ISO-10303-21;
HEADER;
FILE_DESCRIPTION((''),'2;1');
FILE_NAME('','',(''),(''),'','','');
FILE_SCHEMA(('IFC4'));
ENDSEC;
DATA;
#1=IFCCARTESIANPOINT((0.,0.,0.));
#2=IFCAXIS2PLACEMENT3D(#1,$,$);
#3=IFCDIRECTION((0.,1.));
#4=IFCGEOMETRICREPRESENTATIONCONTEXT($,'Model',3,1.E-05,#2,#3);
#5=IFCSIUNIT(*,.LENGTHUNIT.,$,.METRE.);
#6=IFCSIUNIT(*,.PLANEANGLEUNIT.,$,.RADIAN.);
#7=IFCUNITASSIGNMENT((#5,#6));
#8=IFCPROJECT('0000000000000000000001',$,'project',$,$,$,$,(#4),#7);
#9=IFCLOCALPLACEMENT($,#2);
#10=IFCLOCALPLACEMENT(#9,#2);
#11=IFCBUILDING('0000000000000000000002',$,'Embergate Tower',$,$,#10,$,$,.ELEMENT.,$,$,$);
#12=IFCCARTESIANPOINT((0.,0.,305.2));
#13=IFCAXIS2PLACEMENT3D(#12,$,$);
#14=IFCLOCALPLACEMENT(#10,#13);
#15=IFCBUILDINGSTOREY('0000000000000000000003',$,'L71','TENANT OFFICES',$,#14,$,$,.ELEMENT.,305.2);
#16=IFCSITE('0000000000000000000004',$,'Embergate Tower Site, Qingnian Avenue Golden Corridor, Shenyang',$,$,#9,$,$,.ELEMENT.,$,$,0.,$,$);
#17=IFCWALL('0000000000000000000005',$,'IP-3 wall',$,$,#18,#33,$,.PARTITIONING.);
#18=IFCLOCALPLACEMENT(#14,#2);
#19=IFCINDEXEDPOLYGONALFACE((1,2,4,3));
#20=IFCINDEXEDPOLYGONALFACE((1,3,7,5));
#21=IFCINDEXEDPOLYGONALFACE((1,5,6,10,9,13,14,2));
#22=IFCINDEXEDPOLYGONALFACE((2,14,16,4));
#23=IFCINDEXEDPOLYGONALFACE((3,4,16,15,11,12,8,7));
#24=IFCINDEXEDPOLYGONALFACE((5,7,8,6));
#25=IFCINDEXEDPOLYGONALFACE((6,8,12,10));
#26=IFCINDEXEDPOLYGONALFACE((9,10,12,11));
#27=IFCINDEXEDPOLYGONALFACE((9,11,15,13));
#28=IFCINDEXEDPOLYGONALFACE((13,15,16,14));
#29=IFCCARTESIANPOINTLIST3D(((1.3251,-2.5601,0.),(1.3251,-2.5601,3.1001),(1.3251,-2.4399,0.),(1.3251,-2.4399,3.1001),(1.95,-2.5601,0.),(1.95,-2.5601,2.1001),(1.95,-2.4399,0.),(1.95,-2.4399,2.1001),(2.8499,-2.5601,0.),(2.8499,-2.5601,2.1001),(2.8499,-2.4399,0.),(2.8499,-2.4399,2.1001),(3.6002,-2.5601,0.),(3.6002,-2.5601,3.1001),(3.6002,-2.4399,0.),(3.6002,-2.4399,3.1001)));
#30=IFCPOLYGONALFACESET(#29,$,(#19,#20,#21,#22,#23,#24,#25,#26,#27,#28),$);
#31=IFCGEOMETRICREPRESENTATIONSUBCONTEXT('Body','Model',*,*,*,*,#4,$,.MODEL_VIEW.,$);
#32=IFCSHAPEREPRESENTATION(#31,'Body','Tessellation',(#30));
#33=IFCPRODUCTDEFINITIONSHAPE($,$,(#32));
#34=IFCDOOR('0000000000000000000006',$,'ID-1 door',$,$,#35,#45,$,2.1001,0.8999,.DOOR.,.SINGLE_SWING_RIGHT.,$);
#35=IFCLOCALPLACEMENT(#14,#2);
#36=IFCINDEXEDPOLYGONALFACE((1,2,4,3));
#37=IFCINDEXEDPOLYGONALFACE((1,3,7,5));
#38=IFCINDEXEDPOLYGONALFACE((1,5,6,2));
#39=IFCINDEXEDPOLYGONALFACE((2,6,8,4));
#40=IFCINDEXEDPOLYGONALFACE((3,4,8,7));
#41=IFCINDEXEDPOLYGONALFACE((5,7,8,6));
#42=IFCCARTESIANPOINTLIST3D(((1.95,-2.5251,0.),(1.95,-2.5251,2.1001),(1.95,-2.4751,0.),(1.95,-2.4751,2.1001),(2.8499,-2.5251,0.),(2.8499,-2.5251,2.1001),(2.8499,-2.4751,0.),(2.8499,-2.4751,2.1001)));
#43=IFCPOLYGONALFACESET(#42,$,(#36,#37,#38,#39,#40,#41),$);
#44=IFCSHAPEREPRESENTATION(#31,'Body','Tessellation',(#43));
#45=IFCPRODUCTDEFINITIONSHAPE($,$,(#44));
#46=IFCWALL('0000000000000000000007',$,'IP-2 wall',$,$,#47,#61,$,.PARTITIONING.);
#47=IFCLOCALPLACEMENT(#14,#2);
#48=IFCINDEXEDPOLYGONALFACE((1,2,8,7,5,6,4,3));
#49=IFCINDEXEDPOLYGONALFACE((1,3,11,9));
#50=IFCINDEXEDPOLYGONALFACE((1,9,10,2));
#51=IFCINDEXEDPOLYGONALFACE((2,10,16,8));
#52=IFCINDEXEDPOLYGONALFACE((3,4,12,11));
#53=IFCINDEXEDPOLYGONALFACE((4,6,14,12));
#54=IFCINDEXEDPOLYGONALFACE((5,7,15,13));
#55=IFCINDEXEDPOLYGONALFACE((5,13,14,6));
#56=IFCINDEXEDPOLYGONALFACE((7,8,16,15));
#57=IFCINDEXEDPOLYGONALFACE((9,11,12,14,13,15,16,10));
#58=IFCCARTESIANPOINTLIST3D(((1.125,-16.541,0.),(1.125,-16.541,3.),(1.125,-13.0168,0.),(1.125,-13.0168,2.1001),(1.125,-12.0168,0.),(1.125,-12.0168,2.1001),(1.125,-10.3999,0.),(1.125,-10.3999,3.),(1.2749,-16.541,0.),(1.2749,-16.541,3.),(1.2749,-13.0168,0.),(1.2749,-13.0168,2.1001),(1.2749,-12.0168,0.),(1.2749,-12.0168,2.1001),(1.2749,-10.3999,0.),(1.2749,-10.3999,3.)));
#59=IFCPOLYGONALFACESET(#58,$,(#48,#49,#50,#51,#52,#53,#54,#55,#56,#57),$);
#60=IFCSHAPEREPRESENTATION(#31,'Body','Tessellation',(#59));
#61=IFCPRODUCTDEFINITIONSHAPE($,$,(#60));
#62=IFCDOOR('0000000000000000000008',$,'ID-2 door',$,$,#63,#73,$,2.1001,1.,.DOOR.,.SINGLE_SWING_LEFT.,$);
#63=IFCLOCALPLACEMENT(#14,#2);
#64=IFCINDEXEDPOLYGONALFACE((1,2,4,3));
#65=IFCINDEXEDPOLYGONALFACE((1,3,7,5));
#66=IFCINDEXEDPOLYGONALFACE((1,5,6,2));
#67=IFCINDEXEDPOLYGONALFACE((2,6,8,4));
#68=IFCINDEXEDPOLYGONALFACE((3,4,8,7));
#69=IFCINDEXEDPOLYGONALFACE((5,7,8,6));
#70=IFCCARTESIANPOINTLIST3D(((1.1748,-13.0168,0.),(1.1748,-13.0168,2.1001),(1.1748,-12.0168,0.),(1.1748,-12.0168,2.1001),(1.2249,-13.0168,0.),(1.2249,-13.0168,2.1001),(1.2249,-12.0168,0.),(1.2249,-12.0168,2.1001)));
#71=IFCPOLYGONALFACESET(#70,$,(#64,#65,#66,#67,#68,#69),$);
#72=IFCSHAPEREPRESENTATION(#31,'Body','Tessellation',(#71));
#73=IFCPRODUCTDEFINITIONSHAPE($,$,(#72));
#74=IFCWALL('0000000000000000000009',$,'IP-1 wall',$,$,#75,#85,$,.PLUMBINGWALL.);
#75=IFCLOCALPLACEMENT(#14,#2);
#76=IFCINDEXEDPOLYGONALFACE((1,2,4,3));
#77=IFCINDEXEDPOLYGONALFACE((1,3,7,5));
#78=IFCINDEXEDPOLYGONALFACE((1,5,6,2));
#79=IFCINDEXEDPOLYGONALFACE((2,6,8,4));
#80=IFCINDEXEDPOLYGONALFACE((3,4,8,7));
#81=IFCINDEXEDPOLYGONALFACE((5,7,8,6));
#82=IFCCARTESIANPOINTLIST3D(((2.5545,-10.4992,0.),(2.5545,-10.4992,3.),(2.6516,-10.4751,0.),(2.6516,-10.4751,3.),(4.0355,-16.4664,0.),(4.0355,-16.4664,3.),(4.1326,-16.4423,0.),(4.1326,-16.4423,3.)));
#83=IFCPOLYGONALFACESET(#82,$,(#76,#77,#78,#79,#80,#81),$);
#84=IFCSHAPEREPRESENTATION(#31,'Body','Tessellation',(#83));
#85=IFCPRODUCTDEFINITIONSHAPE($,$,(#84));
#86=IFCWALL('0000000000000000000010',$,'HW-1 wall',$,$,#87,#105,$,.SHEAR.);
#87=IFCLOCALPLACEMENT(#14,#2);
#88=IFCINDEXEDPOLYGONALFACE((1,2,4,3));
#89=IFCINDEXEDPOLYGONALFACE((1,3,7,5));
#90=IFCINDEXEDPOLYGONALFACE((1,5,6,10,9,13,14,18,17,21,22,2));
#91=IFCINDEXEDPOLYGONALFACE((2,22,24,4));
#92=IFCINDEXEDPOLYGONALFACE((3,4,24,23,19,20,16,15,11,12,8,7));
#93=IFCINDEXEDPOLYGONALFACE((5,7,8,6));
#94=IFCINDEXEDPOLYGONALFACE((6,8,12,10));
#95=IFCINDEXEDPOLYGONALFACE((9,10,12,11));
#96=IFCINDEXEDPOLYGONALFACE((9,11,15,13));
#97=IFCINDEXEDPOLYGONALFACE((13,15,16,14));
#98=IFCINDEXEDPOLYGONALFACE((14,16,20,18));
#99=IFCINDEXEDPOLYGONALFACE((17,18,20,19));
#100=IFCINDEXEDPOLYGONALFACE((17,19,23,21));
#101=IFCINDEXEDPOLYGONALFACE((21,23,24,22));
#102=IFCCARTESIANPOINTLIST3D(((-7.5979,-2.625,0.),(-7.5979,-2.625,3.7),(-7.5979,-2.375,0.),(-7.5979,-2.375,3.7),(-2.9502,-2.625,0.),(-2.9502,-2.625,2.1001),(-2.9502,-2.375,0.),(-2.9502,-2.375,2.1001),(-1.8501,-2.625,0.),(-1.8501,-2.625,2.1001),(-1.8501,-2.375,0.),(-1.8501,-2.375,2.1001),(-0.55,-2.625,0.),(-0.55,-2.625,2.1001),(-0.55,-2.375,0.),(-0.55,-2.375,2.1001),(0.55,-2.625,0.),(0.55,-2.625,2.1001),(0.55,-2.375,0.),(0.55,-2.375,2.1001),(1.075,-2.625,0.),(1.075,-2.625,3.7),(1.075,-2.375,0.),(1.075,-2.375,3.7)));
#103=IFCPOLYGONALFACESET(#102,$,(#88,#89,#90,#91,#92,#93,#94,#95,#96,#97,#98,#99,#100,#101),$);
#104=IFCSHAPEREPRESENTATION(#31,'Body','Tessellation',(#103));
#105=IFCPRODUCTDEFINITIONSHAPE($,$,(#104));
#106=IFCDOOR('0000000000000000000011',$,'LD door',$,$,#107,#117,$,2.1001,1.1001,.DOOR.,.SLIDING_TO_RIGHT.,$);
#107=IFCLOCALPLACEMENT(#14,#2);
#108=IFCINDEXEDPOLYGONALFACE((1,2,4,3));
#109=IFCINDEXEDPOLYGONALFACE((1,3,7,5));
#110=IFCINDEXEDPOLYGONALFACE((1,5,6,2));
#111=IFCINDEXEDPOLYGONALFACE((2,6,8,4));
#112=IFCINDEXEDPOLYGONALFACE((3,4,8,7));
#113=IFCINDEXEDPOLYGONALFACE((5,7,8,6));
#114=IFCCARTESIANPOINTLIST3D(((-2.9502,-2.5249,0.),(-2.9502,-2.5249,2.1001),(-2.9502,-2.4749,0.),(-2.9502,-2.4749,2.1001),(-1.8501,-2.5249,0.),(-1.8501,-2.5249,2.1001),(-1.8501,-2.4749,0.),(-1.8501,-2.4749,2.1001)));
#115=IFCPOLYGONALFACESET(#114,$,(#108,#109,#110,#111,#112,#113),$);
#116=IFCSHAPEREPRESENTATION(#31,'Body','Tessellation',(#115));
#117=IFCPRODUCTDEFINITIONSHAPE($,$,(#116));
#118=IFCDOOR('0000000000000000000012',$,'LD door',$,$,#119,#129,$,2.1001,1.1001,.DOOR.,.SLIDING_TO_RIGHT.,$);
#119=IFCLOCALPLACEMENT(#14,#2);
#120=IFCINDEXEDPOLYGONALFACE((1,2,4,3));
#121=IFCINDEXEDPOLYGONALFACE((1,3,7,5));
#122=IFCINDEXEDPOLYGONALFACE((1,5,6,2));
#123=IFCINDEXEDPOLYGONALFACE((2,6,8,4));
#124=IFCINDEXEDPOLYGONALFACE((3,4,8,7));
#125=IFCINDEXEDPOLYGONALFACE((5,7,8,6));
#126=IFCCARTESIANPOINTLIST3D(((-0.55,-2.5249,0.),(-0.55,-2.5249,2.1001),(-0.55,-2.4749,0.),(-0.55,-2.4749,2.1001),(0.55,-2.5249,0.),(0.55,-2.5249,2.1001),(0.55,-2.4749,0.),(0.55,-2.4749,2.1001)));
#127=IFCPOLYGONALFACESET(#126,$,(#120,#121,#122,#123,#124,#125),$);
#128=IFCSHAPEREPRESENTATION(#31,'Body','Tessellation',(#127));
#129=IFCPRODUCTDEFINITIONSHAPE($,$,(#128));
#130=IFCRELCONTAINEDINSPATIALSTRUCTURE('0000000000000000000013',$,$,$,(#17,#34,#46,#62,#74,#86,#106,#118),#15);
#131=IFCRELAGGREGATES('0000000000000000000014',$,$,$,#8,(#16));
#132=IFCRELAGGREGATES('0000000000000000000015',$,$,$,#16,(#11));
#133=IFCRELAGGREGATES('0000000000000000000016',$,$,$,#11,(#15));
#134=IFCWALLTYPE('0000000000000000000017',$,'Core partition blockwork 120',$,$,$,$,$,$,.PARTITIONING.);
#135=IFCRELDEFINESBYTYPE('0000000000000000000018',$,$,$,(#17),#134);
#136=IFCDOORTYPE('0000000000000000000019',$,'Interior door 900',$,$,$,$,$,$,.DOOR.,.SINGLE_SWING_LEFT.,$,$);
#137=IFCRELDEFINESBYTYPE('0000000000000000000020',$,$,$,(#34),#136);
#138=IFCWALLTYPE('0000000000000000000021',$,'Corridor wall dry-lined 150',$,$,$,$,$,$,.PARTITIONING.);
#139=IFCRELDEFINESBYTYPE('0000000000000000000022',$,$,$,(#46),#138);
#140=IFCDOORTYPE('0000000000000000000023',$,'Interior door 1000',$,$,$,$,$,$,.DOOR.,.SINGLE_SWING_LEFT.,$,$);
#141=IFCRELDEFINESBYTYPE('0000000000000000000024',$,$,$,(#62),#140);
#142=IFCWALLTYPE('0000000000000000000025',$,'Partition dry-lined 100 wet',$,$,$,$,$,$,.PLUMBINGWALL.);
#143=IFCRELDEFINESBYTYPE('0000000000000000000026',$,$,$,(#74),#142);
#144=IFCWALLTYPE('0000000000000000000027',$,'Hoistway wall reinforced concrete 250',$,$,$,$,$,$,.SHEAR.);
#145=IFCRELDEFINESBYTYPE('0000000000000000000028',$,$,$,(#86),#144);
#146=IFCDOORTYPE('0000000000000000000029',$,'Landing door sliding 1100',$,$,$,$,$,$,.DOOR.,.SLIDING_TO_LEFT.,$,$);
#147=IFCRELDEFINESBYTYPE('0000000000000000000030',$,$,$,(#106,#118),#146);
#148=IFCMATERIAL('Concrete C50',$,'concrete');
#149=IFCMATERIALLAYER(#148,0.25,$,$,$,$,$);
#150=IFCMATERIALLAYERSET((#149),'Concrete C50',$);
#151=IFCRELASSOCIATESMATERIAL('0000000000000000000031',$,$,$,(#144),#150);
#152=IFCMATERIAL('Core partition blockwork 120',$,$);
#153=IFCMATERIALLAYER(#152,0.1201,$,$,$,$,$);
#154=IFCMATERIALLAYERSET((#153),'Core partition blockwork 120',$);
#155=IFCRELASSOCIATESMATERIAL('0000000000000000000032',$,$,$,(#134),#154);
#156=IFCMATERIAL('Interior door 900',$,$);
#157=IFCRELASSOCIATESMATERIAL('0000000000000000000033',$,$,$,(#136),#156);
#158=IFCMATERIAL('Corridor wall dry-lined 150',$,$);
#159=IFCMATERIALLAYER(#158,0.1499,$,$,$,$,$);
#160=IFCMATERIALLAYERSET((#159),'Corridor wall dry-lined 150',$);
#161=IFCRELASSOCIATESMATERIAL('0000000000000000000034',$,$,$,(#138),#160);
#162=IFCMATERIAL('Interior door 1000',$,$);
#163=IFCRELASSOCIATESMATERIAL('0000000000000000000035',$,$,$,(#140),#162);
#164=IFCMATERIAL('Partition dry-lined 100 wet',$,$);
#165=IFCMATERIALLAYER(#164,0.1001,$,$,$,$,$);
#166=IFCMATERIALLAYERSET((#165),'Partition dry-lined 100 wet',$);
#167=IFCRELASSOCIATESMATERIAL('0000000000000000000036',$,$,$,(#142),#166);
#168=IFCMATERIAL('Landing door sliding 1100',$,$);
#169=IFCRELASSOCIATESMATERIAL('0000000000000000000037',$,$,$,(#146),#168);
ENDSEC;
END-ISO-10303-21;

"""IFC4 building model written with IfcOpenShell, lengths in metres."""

from ifc_helpers import new_model, si_unit, direction, frame, frame_2d, origin, place, context, subcontext, project, spatial, rectangle, extrude, source, transform, mapped, material, layer, layer_set, type_object, element, fill, save


model = new_model("IFC4")

# Units and contexts
model_context = context("Model", 3, precision=1e-05, world=origin(), true_north=direction((0.0, 1.0)))
body_context = subcontext(model_context, "Body", "Model", "MODEL_VIEW")
ifc_project = project(units=[si_unit("LENGTHUNIT", "METRE"), si_unit("PLANEANGLEUNIT", "RADIAN")], contexts=[model_context])

# Site, building, storey
site_placement = place(None, origin())
site = spatial("IfcSite", under=ifc_project, at=site_placement, Name="Embergate Tower Site, Qingnian Avenue Golden Corridor, Shenyang", CompositionType="ELEMENT", RefElevation=0.0)
building_placement = place(site_placement, origin())
building = spatial("IfcBuilding", under=site, at=building_placement, Name="Embergate Tower", CompositionType="ELEMENT")
storey_placement = place(building_placement, frame((0.0, 0.0, 305.2)))
storey = spatial("IfcBuildingStorey", under=building, at=storey_placement, Name="L71", Description="TENANT OFFICES", CompositionType="ELEMENT", Elevation=305.2)

# Shared definitions
ifc_material_1 = material(Name="Concrete C50", Category="concrete")
ifc_layer_1 = layer(ifc_material_1, 0.25)
ifc_layer_set_1 = layer_set([ifc_layer_1], Name="Concrete C50")
wall_type_1 = type_object("IfcWallType", Name="Hoistway wall reinforced concrete 250", PredefinedType="SHEAR", material=ifc_layer_set_1)

# Shared definitions
ifc_material_2 = material(Name="Core partition blockwork 120")
ifc_layer_2 = layer(ifc_material_2, 0.1201)
ifc_layer_set_2 = layer_set([ifc_layer_2], Name="Core partition blockwork 120")
wall_type_2 = type_object("IfcWallType", Name="Core partition blockwork 120", PredefinedType="PARTITIONING", material=ifc_layer_set_2)

# Walls, openings, doors
shared_shape_1 = source(origin(), body_context, "Body", "SweptSolid", [
    extrude(rectangle(XDim=2.2751, YDim=0.1201, at=frame_2d((1.1377, 0.0))), origin(), (0.0, 0.0, 1.0), 3.1001),
])
wall_1_placement = place(storey_placement, frame((1.325, -2.5, 0.0), z_axis=(0.0, 0.0, 1.0), x_axis=(1.0, 0.0, 0.0)))
wall_1 = element("IfcWall", 1, at=wall_1_placement, inside=storey, type_object=wall_type_2, Name="IP-3 wall", PredefinedType="PARTITIONING", context=body_context, shape_type="MappedRepresentation", body=[
    mapped(shared_shape_1, transform((0.0, 0.0, 0.0))),
])
shared_shape_2 = source(origin(), body_context, "Body", "SweptSolid", [
    extrude(rectangle(XDim=0.8999, YDim=2.1001, at=frame_2d((0.45, 1.05))), frame((0.0, 0.0701, 0.0), z_axis=(0.0, -1.0, 0.0), x_axis=(1.0, 0.0, 0.0)), (0.0, 0.0, 1.0), 0.1401),
])
opening_1_placement = place(wall_1_placement, frame((0.625, 0.0, 0.0)))
opening_1 = element("IfcOpeningElement", 2, at=opening_1_placement, cuts=wall_1, PredefinedType="OPENING", context=body_context, shape_type="MappedRepresentation", body=[
    mapped(shared_shape_2, transform((0.0, 0.0, 0.0))),
])
ifc_material_3 = material(Name="Interior door 900")
door_type_1 = type_object("IfcDoorType", Name="Interior door 900", OperationType="SINGLE_SWING_LEFT", PredefinedType="DOOR", material=ifc_material_3)
shared_shape_3 = source(origin(), body_context, "Body", "SweptSolid", [
    extrude(rectangle(XDim=0.8999, YDim=2.1001, at=frame_2d((0.45, 1.05))), frame((0.0, 0.0249, 0.0), z_axis=(0.0, -1.0, 0.0), x_axis=(1.0, 0.0, 0.0)), (0.0, 0.0, 1.0), 0.05),
])
door_1_placement = place(opening_1_placement, origin())
door_1 = element("IfcDoor", 3, at=door_1_placement, inside=storey, type_object=door_type_1, Name="ID-1 door", OperationType="SINGLE_SWING_RIGHT", OverallHeight=2.1001, OverallWidth=0.8999, PredefinedType="DOOR", context=body_context, shape_type="MappedRepresentation", body=[
    mapped(shared_shape_3, transform((0.0, 0.0, 0.0))),
])
fill(opening_1, door_1)
ifc_material_4 = material(Name="Corridor wall dry-lined 150")
ifc_layer_3 = layer(ifc_material_4, 0.1499)
ifc_layer_set_3 = layer_set([ifc_layer_3], Name="Corridor wall dry-lined 150")
wall_type_3 = type_object("IfcWallType", Name="Corridor wall dry-lined 150", PredefinedType="PARTITIONING", material=ifc_layer_set_3)
shared_shape_4 = source(origin(), body_context, "Body", "SweptSolid", [
    extrude(rectangle(XDim=6.1411, YDim=0.1499, at=frame_2d((3.0706, 0.0))), origin(), (0.0, 0.0, 1.0), 3.0),
])
wall_2_placement = place(storey_placement, frame((1.2, -10.3999, 0.0), z_axis=(0.0, 0.0, 1.0), x_axis=(0.0, -1.0, 0.0)))
wall_2 = element("IfcWall", 4, at=wall_2_placement, inside=storey, type_object=wall_type_3, Name="IP-2 wall", PredefinedType="PARTITIONING", context=body_context, shape_type="MappedRepresentation", body=[
    mapped(shared_shape_4, transform((0.0, 0.0, 0.0))),
])
shared_shape_5 = source(origin(), body_context, "Body", "SweptSolid", [
    extrude(rectangle(XDim=1.0, YDim=2.1001, at=frame_2d((0.5, 1.05))), frame((0.0, 0.085, 0.0), z_axis=(0.0, -1.0, 0.0), x_axis=(1.0, 0.0, 0.0)), (0.0, 0.0, 1.0), 0.1699),
])
opening_2_placement = place(wall_2_placement, frame((1.6169, 0.0, 0.0)))
opening_2 = element("IfcOpeningElement", 5, at=opening_2_placement, cuts=wall_2, PredefinedType="OPENING", context=body_context, shape_type="MappedRepresentation", body=[
    mapped(shared_shape_5, transform((0.0, 0.0, 0.0))),
])
ifc_material_5 = material(Name="Interior door 1000")
door_type_2 = type_object("IfcDoorType", Name="Interior door 1000", OperationType="SINGLE_SWING_LEFT", PredefinedType="DOOR", material=ifc_material_5)
shared_shape_6 = source(origin(), body_context, "Body", "SweptSolid", [
    extrude(rectangle(XDim=1.0, YDim=2.1001, at=frame_2d((0.5, 1.05))), frame((0.0, 0.0249, 0.0), z_axis=(0.0, -1.0, 0.0), x_axis=(1.0, 0.0, 0.0)), (0.0, 0.0, 1.0), 0.05),
])
door_2_placement = place(opening_2_placement, origin())
door_2 = element("IfcDoor", 6, at=door_2_placement, inside=storey, type_object=door_type_2, Name="ID-2 door", OperationType="SINGLE_SWING_LEFT", OverallHeight=2.1001, OverallWidth=1.0, PredefinedType="DOOR", context=body_context, shape_type="MappedRepresentation", body=[
    mapped(shared_shape_6, transform((0.0, 0.0, 0.0))),
])
fill(opening_2, door_2)

# Wall
ifc_material_6 = material(Name="Partition dry-lined 100 wet")
ifc_layer_4 = layer(ifc_material_6, 0.1001)
ifc_layer_set_4 = layer_set([ifc_layer_4], Name="Partition dry-lined 100 wet")
wall_type_4 = type_object("IfcWallType", Name="Partition dry-lined 100 wet", PredefinedType="PLUMBINGWALL", material=ifc_layer_set_4)
shared_shape_7 = source(origin(), body_context, "Body", "SweptSolid", [
    extrude(rectangle(XDim=6.1482, YDim=0.1001, at=frame_2d((3.0742, 0.0))), origin(), (0.0, 0.0, 1.0), 3.0),
])
wall_3_placement = place(storey_placement, frame((2.603, -10.4871, 0.0), z_axis=(0.0, 0.0, 1.0), x_axis=(0.240881, -0.970555, 0.0)))
element("IfcWall", 7, at=wall_3_placement, inside=storey, type_object=wall_type_4, Name="IP-1 wall", PredefinedType="PLUMBINGWALL", context=body_context, shape_type="MappedRepresentation", body=[
    mapped(shared_shape_7, transform((0.0, 0.0, 0.0))),
])

# Wall, openings, doors
shared_shape_8 = source(origin(), body_context, "Body", "SweptSolid", [
    extrude(rectangle(XDim=8.6729, YDim=0.25, at=frame_2d((4.3364, 0.0))), origin(), (0.0, 0.0, 1.0), 3.7),
])
wall_4_placement = place(storey_placement, frame((1.075, -2.5, 0.0), z_axis=(0.0, 0.0, 1.0), x_axis=(-1.0, 0.0, 0.0)))
wall_4 = element("IfcWall", 8, at=wall_4_placement, inside=storey, type_object=wall_type_1, Name="HW-1 wall", PredefinedType="SHEAR", context=body_context, shape_type="MappedRepresentation", body=[
    mapped(shared_shape_8, transform((0.0, 0.0, 0.0))),
])
shared_shape_9 = source(origin(), body_context, "Body", "SweptSolid", [
    extrude(rectangle(XDim=1.1001, YDim=2.1001, at=frame_2d((0.55, 1.05))), frame((0.0, 0.135, 0.0), z_axis=(0.0, -1.0, 0.0), x_axis=(1.0, 0.0, 0.0)), (0.0, 0.0, 1.0), 0.27),
])
opening_3_placement = place(wall_4_placement, frame((2.925, 0.0, 0.0)))
opening_3 = element("IfcOpeningElement", 9, at=opening_3_placement, cuts=wall_4, PredefinedType="OPENING", context=body_context, shape_type="MappedRepresentation", body=[
    mapped(shared_shape_9, transform((0.0, 0.0, 0.0))),
])
opening_4_placement = place(wall_4_placement, frame((0.5249, 0.0, 0.0)))
opening_4 = element("IfcOpeningElement", 10, at=opening_4_placement, cuts=wall_4, PredefinedType="OPENING", context=body_context, shape_type="MappedRepresentation", body=[
    mapped(shared_shape_9, transform((0.0, 0.0, 0.0))),
])
ifc_material_7 = material(Name="Landing door sliding 1100")
door_type_3 = type_object("IfcDoorType", Name="Landing door sliding 1100", OperationType="SLIDING_TO_LEFT", PredefinedType="DOOR", material=ifc_material_7)
shared_shape_10 = source(origin(), body_context, "Body", "SweptSolid", [
    extrude(rectangle(XDim=1.1001, YDim=2.1001, at=frame_2d((0.55, 1.05))), frame((0.0, 0.0249, 0.0), z_axis=(0.0, -1.0, 0.0), x_axis=(1.0, 0.0, 0.0)), (0.0, 0.0, 1.0), 0.05),
])
door_3_placement = place(opening_3_placement, origin())
door_3 = element("IfcDoor", 11, at=door_3_placement, inside=storey, type_object=door_type_3, Name="LD door", OperationType="SLIDING_TO_RIGHT", OverallHeight=2.1001, OverallWidth=1.1001, PredefinedType="DOOR", context=body_context, shape_type="MappedRepresentation", body=[
    mapped(shared_shape_10, transform((0.0, 0.0, 0.0))),
])
fill(opening_3, door_3)
door_4_placement = place(opening_4_placement, origin())
door_4 = element("IfcDoor", 12, at=door_4_placement, inside=storey, type_object=door_type_3, Name="LD door", OperationType="SLIDING_TO_RIGHT", OverallHeight=2.1001, OverallWidth=1.1001, PredefinedType="DOOR", context=body_context, shape_type="MappedRepresentation", body=[
    mapped(shared_shape_10, transform((0.0, 0.0, 0.0))),
])
fill(opening_4, door_4)

save(model, "model.ifc")
